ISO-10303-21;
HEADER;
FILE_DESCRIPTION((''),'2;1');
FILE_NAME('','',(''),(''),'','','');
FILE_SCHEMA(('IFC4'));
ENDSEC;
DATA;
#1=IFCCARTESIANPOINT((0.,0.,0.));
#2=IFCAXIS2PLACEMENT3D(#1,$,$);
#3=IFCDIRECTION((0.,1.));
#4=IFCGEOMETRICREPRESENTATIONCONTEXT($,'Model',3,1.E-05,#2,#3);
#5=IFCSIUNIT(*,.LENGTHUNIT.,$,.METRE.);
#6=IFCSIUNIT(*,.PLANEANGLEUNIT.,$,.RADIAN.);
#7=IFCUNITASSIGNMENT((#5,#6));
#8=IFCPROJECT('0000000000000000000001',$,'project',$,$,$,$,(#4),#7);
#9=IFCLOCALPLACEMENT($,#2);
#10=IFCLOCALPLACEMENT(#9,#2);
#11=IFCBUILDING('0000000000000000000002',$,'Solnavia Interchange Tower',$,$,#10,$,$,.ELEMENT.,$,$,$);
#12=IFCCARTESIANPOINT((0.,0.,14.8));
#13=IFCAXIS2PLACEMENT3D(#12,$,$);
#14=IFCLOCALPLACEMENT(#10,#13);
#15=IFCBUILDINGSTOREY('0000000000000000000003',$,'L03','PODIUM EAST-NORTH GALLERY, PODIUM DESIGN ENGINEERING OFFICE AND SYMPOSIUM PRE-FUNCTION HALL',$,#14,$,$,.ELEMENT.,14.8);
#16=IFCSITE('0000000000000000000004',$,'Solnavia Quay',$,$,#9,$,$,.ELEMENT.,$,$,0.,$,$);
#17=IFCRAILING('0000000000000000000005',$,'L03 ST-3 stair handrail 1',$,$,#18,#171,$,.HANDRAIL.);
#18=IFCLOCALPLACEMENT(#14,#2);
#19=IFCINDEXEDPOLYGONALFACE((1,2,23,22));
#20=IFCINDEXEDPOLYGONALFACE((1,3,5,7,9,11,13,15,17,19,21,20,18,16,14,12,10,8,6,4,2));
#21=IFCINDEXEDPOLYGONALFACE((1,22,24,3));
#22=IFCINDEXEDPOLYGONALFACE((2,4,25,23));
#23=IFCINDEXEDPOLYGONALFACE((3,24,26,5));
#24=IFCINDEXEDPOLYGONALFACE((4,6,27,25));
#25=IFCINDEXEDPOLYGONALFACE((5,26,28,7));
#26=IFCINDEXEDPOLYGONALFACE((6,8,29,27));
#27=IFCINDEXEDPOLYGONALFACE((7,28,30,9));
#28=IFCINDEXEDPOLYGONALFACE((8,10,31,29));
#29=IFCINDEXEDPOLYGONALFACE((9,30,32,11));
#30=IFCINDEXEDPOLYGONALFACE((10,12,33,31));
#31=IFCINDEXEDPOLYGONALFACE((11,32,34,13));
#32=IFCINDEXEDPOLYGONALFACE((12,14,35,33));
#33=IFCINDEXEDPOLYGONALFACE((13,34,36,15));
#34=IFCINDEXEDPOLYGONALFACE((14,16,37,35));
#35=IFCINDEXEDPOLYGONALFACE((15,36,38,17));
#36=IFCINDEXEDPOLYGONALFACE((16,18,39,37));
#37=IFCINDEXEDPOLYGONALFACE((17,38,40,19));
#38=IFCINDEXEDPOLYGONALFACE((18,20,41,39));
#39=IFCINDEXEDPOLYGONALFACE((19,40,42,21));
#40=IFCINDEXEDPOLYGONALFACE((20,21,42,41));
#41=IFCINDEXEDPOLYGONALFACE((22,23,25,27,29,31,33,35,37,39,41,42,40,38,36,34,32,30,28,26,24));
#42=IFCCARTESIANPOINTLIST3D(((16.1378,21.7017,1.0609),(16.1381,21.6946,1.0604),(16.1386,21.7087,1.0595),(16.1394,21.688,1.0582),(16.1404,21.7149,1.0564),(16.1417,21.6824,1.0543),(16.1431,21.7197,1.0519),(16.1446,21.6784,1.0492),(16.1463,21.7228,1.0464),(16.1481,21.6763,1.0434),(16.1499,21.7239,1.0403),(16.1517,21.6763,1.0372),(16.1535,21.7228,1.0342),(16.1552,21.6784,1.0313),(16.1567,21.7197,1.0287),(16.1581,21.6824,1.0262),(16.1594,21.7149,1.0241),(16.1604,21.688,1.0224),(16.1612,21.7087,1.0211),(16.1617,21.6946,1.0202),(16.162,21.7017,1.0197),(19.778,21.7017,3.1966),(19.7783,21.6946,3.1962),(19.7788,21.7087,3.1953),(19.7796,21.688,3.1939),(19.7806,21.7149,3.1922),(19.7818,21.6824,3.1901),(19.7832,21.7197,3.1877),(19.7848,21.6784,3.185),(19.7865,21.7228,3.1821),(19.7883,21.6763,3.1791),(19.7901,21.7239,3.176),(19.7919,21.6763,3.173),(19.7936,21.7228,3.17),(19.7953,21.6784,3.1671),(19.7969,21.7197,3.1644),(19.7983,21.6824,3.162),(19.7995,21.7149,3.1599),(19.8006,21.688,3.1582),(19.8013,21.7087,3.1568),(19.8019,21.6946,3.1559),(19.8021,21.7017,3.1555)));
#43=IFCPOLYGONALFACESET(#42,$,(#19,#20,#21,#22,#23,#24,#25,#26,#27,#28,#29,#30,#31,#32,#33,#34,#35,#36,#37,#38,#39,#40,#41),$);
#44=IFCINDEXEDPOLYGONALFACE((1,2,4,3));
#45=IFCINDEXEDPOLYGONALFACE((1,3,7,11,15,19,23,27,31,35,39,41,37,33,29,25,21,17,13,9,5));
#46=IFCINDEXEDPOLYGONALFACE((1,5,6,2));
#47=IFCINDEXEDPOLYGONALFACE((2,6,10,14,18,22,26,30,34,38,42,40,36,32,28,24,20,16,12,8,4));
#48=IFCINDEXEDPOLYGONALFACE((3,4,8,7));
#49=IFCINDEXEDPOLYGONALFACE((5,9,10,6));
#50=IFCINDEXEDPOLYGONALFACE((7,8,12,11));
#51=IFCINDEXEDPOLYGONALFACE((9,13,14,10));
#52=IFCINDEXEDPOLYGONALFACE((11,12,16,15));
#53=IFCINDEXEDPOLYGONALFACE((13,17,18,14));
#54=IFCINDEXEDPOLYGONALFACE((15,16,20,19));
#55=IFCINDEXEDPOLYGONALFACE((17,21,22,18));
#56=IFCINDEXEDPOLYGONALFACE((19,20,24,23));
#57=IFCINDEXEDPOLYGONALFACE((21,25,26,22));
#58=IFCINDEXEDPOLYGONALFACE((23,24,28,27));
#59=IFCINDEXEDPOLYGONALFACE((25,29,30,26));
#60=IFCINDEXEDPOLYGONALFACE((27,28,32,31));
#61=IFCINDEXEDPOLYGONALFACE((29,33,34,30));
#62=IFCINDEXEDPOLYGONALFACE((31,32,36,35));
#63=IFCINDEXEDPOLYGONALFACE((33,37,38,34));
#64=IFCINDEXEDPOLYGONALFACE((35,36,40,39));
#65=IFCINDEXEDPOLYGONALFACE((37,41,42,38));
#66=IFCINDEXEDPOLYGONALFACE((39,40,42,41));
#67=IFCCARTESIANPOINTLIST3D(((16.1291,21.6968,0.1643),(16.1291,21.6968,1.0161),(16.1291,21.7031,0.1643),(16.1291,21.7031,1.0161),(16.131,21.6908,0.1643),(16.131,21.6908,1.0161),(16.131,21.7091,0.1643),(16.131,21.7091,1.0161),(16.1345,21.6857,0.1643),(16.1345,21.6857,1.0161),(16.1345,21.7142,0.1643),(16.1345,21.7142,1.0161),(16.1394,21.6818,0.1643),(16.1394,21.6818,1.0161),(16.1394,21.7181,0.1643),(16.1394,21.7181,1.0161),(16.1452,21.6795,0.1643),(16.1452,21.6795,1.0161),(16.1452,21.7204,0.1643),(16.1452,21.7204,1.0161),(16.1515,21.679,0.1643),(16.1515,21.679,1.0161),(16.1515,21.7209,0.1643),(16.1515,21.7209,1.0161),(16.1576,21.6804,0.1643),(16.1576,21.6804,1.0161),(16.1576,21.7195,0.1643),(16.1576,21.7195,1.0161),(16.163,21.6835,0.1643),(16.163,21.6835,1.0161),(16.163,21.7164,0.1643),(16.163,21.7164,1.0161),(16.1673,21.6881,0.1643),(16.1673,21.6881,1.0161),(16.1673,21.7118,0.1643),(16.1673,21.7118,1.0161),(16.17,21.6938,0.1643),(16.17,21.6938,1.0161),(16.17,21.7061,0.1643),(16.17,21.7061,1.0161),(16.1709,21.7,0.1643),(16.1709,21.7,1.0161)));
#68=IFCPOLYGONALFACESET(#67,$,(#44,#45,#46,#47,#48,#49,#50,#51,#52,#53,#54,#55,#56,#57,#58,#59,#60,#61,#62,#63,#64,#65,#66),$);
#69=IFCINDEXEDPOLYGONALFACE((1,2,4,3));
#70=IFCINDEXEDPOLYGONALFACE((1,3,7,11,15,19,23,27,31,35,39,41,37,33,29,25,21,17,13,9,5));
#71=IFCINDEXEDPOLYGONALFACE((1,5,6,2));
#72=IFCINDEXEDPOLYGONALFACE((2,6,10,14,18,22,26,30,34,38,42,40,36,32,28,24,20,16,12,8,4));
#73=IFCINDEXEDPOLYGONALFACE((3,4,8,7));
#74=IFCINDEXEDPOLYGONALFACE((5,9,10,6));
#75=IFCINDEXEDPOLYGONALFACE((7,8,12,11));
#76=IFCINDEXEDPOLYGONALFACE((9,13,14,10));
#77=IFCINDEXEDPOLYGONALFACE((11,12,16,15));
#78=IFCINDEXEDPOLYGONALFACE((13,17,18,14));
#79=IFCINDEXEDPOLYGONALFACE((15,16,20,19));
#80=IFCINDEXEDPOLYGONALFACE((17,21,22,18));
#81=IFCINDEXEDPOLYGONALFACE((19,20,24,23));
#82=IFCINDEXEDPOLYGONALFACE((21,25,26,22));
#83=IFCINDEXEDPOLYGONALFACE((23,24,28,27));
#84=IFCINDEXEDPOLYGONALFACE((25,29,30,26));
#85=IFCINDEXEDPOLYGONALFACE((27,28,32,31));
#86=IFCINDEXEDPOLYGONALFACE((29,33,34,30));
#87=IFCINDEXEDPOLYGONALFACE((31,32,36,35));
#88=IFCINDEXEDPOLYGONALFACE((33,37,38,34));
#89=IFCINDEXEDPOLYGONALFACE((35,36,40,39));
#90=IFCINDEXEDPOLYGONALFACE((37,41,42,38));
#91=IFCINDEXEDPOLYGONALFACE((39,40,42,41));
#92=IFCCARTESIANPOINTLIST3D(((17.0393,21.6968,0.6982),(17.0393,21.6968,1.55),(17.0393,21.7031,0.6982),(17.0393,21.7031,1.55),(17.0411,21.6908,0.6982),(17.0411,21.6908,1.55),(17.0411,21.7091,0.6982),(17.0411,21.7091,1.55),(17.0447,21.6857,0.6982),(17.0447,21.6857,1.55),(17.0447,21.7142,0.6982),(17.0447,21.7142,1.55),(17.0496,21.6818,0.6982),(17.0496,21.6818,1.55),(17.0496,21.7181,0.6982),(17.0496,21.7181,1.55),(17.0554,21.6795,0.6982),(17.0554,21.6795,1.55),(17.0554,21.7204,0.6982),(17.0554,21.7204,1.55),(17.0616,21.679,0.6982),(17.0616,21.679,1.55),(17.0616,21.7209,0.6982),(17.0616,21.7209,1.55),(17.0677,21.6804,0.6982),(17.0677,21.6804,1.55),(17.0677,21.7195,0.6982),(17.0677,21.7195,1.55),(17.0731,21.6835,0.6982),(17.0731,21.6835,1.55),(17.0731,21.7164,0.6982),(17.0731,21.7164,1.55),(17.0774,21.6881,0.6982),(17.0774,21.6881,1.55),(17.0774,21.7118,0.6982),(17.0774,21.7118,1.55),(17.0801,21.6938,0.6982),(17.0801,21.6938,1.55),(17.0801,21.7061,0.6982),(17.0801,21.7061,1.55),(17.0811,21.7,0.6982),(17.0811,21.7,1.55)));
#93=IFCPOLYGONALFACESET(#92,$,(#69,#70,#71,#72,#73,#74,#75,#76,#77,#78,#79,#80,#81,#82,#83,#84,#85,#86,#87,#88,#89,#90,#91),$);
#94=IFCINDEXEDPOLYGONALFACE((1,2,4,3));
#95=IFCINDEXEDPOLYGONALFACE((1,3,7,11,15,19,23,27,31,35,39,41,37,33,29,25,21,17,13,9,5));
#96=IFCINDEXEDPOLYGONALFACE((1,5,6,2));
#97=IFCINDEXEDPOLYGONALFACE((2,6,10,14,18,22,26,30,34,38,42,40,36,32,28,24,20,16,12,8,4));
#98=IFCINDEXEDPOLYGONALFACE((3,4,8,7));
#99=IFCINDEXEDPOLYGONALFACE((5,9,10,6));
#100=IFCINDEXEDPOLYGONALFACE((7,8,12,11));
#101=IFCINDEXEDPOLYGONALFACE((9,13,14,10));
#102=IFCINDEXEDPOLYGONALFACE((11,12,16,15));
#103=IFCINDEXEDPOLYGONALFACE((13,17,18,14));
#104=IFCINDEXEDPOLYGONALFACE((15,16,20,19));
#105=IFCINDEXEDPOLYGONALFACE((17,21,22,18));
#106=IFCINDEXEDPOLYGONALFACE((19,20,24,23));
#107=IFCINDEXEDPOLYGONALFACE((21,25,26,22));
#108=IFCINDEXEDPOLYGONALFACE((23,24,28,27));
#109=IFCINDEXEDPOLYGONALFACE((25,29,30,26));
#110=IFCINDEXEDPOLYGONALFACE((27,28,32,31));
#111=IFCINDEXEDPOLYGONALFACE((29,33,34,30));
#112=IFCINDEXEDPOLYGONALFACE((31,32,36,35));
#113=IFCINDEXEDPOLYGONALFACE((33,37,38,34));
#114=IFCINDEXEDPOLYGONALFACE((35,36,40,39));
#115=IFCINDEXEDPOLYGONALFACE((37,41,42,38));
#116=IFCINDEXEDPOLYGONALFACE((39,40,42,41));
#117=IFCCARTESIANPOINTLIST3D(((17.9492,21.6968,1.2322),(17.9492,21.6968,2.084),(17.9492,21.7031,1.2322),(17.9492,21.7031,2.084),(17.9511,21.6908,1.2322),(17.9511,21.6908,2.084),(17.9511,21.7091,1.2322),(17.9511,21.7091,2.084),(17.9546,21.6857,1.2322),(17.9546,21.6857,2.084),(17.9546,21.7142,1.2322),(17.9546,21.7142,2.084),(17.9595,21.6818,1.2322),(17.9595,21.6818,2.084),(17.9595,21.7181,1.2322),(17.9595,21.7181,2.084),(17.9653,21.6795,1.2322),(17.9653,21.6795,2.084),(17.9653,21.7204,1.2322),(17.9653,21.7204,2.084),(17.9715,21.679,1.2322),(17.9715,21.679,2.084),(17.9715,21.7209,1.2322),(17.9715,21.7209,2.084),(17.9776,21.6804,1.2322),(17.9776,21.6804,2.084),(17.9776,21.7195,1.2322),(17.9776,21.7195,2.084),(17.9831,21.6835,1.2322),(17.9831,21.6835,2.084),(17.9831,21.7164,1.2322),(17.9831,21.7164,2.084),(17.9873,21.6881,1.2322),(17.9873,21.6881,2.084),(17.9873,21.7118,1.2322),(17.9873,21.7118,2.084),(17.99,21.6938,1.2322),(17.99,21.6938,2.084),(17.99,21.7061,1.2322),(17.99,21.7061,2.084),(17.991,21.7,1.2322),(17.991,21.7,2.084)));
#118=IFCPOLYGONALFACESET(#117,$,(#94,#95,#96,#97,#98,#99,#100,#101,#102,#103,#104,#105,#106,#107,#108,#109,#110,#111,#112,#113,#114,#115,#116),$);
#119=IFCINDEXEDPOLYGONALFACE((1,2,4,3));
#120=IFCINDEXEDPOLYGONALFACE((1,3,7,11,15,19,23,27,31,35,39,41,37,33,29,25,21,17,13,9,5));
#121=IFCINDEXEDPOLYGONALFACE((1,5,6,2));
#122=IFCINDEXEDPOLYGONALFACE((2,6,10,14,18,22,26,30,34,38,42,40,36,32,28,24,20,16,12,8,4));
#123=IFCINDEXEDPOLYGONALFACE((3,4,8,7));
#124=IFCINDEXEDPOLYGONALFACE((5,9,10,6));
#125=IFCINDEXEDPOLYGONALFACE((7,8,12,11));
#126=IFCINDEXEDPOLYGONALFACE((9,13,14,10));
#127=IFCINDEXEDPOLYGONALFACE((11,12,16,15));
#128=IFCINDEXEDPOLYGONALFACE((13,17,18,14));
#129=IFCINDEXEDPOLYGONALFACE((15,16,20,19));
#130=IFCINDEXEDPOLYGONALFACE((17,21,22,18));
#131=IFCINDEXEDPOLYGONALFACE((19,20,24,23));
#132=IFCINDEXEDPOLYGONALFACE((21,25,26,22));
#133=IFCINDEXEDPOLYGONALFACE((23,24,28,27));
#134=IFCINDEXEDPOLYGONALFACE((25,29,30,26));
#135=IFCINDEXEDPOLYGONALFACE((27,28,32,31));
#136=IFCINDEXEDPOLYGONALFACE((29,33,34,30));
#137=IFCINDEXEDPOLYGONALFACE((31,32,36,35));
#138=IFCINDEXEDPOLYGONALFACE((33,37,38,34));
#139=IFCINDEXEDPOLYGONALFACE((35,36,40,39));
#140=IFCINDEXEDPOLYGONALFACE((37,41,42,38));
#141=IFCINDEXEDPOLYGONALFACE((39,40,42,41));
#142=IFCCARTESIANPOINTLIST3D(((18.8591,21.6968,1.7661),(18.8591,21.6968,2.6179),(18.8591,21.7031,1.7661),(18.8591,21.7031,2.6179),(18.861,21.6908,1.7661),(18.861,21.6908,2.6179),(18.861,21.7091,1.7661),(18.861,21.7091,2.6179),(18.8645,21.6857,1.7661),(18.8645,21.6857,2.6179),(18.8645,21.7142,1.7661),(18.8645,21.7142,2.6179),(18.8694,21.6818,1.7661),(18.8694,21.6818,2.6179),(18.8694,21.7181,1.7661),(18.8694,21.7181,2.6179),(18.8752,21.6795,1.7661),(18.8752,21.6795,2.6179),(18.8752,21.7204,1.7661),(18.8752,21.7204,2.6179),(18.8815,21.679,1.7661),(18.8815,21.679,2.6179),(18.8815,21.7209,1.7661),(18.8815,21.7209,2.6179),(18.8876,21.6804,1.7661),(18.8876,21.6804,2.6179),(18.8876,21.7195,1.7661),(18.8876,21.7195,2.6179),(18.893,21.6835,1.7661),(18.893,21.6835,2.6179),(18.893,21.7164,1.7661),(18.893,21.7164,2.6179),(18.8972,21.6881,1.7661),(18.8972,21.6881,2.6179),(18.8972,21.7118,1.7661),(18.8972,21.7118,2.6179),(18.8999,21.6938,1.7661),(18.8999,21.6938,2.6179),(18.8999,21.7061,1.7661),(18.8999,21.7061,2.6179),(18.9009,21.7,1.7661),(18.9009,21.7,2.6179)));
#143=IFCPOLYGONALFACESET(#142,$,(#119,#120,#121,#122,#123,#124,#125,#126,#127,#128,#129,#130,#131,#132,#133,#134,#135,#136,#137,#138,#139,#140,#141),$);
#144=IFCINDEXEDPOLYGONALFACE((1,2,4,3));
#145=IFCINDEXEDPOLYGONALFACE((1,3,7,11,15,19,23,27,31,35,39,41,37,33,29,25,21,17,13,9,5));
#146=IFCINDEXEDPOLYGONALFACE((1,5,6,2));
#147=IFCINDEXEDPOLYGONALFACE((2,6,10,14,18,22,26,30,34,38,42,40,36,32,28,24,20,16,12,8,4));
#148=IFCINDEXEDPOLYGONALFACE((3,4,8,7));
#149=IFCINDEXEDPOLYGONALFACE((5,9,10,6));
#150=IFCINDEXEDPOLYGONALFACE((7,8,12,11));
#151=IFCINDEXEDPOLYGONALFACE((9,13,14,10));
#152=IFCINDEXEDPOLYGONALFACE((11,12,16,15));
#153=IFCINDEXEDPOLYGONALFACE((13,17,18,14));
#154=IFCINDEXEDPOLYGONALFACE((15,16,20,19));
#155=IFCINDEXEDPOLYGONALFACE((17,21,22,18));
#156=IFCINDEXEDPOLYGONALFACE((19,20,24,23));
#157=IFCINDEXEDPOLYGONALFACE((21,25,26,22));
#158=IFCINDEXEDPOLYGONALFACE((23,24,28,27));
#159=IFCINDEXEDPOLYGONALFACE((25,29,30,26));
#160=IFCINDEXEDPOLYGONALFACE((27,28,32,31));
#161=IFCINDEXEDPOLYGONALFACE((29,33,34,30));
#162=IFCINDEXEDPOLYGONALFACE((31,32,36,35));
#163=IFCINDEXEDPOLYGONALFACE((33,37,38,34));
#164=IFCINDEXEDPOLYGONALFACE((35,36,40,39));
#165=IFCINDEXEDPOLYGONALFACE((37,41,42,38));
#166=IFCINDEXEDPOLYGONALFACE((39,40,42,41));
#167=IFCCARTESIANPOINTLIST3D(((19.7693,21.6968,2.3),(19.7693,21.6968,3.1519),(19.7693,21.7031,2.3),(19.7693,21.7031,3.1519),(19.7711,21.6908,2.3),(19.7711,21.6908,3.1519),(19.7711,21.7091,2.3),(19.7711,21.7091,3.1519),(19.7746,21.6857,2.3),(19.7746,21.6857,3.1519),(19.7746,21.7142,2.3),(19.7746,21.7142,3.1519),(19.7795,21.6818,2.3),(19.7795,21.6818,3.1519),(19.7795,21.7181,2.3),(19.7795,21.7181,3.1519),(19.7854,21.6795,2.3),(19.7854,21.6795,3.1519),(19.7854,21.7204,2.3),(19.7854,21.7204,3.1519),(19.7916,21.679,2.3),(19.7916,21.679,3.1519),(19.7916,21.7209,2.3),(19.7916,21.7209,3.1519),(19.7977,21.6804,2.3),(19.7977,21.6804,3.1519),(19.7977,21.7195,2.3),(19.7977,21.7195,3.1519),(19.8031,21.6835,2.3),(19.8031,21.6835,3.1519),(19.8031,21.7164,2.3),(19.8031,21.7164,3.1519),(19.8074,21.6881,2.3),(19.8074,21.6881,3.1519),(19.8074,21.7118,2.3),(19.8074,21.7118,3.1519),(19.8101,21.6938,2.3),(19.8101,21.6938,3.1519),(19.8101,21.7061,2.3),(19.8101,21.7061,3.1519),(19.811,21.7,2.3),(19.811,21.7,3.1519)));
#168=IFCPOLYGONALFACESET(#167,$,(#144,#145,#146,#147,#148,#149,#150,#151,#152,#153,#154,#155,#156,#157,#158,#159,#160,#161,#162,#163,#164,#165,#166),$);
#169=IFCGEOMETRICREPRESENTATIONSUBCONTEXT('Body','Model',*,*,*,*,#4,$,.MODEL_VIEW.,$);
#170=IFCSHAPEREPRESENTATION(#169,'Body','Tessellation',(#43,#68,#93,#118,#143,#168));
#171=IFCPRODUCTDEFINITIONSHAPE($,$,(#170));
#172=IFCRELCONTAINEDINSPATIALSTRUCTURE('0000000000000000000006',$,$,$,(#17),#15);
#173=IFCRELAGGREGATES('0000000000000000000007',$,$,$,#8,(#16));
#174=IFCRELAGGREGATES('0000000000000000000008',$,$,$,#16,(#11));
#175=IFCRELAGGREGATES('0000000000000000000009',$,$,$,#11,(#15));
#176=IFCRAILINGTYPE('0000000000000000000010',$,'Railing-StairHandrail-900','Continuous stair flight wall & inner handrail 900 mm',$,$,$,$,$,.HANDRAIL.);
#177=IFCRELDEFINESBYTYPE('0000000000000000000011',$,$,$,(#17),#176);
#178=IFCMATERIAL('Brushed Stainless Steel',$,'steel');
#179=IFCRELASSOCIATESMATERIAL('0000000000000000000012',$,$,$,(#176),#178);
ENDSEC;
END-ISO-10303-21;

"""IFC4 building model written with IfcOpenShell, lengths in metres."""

from ifc_helpers import new_model, si_unit, direction, frame, origin, origin_2d, place, context, subcontext, project, spatial, circle, extrude, material, type_object, element, save


model = new_model("IFC4")

# Units and contexts
model_context = context("Model", 3, precision=1e-05, world=origin(), true_north=direction((0.0, 1.0)))
body_context = subcontext(model_context, "Body", "Model", "MODEL_VIEW")
ifc_project = project(units=[si_unit("LENGTHUNIT", "METRE"), si_unit("PLANEANGLEUNIT", "RADIAN")], contexts=[model_context])

# Site, building, storey
site_placement = place(None, origin())
site = spatial("IfcSite", under=ifc_project, at=site_placement, Name="Solnavia Quay", CompositionType="ELEMENT", RefElevation=0.0)
building_placement = place(site_placement, origin())
building = spatial("IfcBuilding", under=site, at=building_placement, Name="Solnavia Interchange Tower", CompositionType="ELEMENT")
storey_placement = place(building_placement, frame((0.0, 0.0, 14.8)))
storey = spatial("IfcBuildingStorey", under=building, at=storey_placement, Name="L03", Description="PODIUM EAST-NORTH GALLERY, PODIUM DESIGN ENGINEERING OFFICE AND SYMPOSIUM PRE-FUNCTION HALL", CompositionType="ELEMENT", Elevation=14.8)

# Railing
ifc_material_1 = material(Name="Brushed Stainless Steel", Category="steel")
railing_type_1 = type_object("IfcRailingType", Name="Railing-StairHandrail-900", Description="Continuous stair flight wall & inner handrail 900 mm", PredefinedType="HANDRAIL", material=ifc_material_1)
railing_1_placement = place(storey_placement, frame((16.1499, 21.7, 0.1643)))
element("IfcRailing", 1, at=railing_1_placement, inside=storey, type_object=railing_type_1, Name="L03 ST-3 stair handrail 1", PredefinedType="HANDRAIL", context=body_context, shape_type="SweptSolid", body=[
    extrude(circle(Radius=0.0239, at=origin_2d()), frame((0.0, 0.0, 0.876), z_axis=(0.862505, 0.0, 0.506049), x_axis=(0.0, 1.0, 0.0)), (0.0, 0.0, 1.0), 4.2205),
    extrude(circle(Radius=0.021, at=origin_2d()), origin(), (0.0, 0.0, 1.0), 0.8518),
    extrude(circle(Radius=0.021, at=origin_2d()), frame((0.9102, 0.0, 0.5339)), (0.0, 0.0, 1.0), 0.8518),
    extrude(circle(Radius=0.021, at=origin_2d()), frame((1.8201, 0.0, 1.0679)), (0.0, 0.0, 1.0), 0.8518),
    extrude(circle(Radius=0.021, at=origin_2d()), frame((2.73, 0.0, 1.6018)), (0.0, 0.0, 1.0), 0.8518),
    extrude(circle(Radius=0.021, at=origin_2d()), frame((3.6401, 0.0, 2.1357)), (0.0, 0.0, 1.0), 0.8518),
])

save(model, "model.ifc")
